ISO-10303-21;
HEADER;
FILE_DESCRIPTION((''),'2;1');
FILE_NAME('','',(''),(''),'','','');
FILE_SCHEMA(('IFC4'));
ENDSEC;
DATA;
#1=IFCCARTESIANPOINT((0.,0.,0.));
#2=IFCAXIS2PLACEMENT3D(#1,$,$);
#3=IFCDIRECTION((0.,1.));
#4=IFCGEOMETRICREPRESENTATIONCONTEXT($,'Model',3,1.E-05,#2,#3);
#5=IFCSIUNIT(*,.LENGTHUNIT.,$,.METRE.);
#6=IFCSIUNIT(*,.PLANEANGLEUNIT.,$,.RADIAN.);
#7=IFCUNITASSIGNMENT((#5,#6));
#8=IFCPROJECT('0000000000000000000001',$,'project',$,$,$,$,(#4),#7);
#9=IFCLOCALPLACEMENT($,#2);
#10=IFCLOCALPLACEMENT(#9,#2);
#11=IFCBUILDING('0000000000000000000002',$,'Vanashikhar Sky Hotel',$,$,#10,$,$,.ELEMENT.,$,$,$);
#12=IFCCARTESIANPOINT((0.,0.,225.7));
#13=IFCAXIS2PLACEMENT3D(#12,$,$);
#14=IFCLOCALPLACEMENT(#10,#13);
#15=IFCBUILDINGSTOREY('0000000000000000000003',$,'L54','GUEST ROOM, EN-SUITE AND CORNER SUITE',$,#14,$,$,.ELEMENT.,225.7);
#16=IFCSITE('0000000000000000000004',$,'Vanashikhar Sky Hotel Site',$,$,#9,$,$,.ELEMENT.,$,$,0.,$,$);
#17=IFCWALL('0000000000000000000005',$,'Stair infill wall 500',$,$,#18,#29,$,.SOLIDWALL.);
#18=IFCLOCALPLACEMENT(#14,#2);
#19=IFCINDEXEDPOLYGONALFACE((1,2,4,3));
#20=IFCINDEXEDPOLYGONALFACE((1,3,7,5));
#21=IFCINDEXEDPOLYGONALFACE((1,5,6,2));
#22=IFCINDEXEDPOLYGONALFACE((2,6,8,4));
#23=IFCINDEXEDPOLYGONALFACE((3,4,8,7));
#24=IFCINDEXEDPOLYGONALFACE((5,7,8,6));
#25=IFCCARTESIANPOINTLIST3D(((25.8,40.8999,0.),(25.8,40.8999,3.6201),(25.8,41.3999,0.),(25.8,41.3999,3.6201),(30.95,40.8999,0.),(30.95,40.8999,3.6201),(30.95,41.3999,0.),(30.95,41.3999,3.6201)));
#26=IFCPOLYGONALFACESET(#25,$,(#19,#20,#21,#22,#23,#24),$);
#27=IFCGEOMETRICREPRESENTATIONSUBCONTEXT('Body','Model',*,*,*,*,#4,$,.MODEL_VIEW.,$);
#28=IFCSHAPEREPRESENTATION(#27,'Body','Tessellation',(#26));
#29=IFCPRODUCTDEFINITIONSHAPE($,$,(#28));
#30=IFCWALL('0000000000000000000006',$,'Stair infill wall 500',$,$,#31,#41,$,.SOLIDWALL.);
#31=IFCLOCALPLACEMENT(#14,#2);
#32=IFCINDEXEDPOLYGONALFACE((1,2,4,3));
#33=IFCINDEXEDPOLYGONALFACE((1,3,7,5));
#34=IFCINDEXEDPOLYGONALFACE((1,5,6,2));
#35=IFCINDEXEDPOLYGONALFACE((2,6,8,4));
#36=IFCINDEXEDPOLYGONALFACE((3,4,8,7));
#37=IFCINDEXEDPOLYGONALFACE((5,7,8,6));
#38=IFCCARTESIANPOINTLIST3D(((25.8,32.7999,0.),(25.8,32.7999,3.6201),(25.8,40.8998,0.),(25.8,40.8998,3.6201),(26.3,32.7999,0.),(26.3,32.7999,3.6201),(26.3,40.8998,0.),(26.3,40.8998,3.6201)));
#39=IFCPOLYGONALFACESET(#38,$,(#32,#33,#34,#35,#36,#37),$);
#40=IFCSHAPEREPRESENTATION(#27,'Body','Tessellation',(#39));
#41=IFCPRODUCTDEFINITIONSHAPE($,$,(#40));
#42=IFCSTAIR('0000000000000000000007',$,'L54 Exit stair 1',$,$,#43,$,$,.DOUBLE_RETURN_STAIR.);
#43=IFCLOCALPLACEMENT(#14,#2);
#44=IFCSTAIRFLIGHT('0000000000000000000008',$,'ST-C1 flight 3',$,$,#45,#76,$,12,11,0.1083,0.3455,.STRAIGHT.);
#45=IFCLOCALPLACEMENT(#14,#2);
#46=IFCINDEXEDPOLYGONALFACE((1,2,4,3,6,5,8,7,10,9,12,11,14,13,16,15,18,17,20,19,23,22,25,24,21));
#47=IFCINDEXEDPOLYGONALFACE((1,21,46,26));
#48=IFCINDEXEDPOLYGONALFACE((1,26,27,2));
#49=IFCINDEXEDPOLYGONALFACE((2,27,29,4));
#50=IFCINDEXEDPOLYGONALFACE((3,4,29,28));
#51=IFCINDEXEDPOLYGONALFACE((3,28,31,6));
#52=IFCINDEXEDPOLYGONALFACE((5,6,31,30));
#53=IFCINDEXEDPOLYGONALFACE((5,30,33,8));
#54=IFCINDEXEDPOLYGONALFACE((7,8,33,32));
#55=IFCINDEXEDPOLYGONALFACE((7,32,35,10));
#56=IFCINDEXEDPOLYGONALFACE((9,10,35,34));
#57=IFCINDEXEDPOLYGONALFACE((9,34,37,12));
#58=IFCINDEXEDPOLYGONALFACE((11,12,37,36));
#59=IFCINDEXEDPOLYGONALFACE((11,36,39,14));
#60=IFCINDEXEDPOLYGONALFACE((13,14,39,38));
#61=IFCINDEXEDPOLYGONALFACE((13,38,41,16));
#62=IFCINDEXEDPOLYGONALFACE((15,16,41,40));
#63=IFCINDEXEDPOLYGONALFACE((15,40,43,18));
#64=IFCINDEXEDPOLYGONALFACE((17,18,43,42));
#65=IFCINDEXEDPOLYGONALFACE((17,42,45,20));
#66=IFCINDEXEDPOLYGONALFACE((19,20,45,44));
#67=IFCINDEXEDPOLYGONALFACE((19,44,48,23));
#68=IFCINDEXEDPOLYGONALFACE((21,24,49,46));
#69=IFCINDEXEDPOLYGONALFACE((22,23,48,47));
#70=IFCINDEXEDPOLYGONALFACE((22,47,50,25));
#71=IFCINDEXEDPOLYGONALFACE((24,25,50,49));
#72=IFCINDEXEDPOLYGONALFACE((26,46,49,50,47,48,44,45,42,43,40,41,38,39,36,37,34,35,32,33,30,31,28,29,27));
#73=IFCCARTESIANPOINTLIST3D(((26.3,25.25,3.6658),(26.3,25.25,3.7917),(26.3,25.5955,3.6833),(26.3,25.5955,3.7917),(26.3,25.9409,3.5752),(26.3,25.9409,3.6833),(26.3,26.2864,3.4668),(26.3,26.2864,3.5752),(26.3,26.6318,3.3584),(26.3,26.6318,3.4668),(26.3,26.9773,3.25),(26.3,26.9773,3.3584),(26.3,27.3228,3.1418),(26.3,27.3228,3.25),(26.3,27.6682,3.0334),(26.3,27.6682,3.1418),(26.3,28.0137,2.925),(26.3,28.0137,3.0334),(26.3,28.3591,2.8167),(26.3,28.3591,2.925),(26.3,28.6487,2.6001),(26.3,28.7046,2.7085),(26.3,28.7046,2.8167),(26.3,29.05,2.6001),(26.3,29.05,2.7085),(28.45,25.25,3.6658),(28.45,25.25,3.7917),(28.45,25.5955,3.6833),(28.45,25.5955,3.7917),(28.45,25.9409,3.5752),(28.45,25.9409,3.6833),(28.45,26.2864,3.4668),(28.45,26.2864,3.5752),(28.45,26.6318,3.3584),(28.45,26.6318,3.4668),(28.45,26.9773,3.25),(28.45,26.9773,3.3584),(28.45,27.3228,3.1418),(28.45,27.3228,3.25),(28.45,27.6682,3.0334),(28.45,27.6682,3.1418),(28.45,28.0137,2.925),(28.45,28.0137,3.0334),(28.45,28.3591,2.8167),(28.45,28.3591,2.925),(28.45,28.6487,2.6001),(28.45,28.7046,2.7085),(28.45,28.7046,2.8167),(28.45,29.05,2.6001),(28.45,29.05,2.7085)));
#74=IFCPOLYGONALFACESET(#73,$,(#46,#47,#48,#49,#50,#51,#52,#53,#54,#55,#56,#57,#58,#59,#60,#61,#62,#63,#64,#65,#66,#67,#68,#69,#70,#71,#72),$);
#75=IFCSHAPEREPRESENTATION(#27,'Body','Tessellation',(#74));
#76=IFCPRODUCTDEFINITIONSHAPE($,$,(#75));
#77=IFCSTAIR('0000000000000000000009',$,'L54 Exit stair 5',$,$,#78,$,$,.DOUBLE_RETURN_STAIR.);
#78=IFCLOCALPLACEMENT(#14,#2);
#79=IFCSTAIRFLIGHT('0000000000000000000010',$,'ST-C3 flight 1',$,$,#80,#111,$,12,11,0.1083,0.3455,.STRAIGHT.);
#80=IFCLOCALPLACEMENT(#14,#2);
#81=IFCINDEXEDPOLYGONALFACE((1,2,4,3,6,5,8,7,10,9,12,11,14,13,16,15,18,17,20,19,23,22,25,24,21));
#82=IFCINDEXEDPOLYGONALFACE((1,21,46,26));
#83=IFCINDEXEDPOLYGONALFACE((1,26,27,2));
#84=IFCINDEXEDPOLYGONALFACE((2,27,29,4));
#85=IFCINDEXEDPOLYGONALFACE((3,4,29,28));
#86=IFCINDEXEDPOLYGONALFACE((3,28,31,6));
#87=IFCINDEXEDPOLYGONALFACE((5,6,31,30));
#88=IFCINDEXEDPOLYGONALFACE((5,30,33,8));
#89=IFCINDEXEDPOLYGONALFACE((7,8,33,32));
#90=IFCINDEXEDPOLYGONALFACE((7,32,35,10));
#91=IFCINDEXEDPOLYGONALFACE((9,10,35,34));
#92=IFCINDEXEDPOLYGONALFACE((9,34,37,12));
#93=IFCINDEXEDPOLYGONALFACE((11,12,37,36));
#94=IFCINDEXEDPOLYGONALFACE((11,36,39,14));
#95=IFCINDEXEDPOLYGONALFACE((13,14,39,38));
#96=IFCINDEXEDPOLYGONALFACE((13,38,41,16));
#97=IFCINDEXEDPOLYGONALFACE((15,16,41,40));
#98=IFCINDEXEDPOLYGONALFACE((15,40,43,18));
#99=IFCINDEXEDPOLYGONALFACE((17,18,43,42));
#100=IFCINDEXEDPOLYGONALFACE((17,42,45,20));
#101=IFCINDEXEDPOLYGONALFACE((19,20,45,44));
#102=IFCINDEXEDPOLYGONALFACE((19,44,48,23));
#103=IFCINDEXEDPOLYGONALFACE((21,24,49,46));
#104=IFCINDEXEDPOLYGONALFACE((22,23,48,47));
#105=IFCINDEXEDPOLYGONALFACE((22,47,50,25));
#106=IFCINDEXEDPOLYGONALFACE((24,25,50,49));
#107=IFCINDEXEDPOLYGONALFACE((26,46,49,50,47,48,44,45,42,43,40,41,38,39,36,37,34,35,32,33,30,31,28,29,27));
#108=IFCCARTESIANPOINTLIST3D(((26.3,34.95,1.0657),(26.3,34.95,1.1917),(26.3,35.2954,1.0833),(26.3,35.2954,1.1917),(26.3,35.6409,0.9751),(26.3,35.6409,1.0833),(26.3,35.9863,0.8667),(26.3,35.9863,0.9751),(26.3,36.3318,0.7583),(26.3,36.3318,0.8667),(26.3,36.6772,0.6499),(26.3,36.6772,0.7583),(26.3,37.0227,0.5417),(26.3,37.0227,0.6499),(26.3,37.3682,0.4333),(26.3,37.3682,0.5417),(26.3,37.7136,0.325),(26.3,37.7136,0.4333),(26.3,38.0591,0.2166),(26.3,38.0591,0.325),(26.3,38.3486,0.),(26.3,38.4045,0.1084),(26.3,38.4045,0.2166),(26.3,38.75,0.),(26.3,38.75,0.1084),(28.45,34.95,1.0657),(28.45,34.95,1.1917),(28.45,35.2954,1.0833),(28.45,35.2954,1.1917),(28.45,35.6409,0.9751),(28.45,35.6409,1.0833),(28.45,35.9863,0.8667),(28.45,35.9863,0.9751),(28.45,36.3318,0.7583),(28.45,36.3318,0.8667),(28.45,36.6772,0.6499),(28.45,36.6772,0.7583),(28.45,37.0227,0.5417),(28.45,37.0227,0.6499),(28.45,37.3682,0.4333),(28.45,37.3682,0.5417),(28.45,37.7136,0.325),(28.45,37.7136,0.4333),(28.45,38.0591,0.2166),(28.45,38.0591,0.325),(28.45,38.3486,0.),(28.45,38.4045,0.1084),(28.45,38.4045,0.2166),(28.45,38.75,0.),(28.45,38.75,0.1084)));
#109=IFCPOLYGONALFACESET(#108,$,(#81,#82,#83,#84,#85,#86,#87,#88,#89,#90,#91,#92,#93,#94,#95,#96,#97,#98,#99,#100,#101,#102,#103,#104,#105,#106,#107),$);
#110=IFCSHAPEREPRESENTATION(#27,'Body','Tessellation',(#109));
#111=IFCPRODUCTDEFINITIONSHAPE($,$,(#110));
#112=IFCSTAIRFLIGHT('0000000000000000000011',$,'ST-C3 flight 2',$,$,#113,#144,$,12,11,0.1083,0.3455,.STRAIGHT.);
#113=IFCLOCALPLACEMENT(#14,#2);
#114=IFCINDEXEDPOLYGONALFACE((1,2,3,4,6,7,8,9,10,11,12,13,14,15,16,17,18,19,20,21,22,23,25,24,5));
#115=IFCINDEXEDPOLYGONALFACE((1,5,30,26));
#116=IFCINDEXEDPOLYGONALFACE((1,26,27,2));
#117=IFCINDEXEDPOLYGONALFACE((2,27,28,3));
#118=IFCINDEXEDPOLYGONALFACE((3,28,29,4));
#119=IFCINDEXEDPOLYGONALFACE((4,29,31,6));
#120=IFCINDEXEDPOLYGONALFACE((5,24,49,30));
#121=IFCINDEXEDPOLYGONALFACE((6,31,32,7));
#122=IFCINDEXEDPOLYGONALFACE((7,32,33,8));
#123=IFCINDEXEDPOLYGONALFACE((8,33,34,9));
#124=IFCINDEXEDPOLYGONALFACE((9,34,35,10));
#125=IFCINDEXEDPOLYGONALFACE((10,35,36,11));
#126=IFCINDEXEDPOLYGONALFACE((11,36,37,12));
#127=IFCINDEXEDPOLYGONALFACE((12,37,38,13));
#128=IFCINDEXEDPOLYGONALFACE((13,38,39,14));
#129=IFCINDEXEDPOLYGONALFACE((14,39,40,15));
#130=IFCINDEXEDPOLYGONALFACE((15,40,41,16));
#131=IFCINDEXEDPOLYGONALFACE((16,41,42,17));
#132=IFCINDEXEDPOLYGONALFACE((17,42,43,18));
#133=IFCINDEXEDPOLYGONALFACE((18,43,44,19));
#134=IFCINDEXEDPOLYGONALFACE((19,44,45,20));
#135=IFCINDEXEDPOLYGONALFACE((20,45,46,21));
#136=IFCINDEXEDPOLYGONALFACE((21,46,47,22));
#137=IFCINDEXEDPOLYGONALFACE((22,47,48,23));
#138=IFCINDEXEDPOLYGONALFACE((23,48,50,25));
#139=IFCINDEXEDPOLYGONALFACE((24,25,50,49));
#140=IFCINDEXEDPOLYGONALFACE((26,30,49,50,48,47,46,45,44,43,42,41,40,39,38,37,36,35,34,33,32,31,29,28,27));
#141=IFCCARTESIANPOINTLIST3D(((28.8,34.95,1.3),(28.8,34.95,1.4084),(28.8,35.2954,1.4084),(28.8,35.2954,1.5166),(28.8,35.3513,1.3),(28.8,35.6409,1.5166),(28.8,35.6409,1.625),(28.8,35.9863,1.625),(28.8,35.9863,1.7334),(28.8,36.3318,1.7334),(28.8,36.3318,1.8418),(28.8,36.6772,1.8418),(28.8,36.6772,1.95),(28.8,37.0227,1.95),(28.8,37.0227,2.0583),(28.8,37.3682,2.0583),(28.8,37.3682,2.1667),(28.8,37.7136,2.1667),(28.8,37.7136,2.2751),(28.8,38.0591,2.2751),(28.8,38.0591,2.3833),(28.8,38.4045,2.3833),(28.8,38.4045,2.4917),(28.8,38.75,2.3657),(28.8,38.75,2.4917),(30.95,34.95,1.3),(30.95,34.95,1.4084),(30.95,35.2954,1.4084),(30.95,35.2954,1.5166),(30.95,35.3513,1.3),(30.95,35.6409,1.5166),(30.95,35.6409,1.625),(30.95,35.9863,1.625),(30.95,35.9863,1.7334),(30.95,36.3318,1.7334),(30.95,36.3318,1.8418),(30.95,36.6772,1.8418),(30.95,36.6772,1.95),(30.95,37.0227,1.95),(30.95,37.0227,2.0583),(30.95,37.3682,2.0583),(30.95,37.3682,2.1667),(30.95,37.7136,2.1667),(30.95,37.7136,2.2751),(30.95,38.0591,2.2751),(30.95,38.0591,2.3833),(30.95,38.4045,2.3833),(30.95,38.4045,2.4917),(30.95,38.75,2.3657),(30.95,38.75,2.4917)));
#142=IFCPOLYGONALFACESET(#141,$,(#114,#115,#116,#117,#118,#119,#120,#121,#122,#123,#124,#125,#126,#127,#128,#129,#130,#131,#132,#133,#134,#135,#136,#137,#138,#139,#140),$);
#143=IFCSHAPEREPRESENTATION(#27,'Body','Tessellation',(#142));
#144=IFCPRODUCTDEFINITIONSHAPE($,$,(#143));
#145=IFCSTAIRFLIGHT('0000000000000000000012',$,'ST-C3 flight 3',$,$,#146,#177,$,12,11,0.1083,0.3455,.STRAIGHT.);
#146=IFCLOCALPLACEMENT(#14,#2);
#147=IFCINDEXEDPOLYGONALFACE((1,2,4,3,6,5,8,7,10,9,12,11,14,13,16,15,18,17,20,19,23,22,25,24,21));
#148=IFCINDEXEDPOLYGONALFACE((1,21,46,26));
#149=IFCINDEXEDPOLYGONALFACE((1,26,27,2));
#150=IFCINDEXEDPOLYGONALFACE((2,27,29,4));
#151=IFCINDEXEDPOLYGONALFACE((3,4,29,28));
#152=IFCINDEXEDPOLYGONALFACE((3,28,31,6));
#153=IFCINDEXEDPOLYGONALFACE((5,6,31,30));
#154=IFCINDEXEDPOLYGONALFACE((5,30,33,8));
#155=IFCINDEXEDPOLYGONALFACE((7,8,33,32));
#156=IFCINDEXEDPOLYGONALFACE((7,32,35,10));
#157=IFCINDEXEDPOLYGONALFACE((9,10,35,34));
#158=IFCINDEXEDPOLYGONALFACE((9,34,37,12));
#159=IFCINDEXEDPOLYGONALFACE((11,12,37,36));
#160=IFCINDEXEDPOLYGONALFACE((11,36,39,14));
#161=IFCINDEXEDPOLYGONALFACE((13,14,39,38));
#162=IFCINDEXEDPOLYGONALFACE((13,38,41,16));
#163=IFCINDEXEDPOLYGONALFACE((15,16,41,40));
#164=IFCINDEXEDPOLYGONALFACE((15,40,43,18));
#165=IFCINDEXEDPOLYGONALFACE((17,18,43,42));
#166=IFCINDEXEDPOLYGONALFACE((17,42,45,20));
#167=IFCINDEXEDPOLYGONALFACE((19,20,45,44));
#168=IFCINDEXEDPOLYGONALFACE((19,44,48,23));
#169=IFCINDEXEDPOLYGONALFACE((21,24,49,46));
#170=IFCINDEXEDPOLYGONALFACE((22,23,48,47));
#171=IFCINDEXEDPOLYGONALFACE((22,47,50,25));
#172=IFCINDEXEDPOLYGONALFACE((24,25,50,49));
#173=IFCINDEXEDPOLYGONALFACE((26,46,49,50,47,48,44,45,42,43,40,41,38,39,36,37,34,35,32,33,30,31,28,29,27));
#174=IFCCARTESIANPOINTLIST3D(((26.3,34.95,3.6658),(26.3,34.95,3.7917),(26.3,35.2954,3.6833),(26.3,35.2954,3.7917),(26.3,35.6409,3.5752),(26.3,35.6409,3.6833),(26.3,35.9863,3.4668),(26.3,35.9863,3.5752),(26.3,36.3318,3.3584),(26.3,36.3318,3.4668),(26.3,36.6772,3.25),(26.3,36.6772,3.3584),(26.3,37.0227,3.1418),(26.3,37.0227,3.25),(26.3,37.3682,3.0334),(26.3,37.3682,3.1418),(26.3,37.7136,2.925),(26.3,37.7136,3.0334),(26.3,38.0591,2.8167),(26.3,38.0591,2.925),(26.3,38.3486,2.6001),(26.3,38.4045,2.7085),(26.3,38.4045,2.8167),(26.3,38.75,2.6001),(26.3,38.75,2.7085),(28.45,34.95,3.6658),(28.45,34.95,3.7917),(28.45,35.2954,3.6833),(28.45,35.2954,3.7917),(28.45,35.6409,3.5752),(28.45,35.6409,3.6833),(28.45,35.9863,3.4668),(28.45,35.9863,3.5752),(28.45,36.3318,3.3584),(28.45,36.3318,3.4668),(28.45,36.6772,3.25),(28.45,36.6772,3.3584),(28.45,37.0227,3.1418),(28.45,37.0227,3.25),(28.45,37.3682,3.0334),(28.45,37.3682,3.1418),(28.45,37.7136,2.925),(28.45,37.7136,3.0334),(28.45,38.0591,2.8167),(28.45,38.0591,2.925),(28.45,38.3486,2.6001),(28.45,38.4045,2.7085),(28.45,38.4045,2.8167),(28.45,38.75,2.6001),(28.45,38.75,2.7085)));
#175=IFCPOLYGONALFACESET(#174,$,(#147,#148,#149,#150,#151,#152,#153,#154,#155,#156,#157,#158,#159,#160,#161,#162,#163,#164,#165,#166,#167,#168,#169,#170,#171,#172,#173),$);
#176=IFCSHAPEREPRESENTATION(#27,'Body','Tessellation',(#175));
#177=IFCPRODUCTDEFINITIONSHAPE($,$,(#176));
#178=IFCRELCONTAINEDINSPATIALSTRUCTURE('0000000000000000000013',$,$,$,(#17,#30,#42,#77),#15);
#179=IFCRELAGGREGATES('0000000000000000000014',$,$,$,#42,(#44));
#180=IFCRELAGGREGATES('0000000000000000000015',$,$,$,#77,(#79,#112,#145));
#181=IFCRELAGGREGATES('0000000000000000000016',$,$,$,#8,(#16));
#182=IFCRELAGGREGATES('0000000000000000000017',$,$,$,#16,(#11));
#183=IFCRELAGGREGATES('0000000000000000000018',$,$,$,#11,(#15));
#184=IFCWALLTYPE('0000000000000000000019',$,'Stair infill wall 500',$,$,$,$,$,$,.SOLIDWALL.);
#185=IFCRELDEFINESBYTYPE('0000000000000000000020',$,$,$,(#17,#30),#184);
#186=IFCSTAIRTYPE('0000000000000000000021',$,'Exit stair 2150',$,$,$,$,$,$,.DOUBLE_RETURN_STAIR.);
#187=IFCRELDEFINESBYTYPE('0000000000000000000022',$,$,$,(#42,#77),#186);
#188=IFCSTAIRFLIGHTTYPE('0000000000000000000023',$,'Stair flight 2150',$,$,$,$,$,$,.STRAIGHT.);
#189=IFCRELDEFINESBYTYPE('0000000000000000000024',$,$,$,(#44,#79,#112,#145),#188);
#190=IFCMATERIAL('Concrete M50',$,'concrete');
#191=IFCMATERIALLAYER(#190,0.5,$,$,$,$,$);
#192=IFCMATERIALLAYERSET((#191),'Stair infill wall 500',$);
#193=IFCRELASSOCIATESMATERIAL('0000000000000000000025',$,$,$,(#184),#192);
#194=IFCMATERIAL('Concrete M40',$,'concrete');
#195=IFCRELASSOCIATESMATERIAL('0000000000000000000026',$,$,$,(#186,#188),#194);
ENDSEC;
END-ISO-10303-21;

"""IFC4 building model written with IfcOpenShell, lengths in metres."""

from ifc_helpers import new_model, si_unit, direction, frame, frame_2d, origin, place, context, subcontext, project, spatial, polyline, rectangle, outline, extrude, source, transform, mapped, material, layer, layer_set, type_object, element, aggregate, save


model = new_model("IFC4")

# Units and contexts
model_context = context("Model", 3, precision=1e-05, world=origin(), true_north=direction((0.0, 1.0)))
body_context = subcontext(model_context, "Body", "Model", "MODEL_VIEW")
ifc_project = project(units=[si_unit("LENGTHUNIT", "METRE"), si_unit("PLANEANGLEUNIT", "RADIAN")], contexts=[model_context])

# Site, building, storey
site_placement = place(None, origin())
site = spatial("IfcSite", under=ifc_project, at=site_placement, Name="Vanashikhar Sky Hotel Site", CompositionType="ELEMENT", RefElevation=0.0)
building_placement = place(site_placement, origin())
building = spatial("IfcBuilding", under=site, at=building_placement, Name="Vanashikhar Sky Hotel", CompositionType="ELEMENT")
storey_placement = place(building_placement, frame((0.0, 0.0, 225.7)))
storey = spatial("IfcBuildingStorey", under=building, at=storey_placement, Name="L54", Description="GUEST ROOM, EN-SUITE AND CORNER SUITE", CompositionType="ELEMENT", Elevation=225.7)

# Shared definitions
ifc_material_1 = material(Name="Concrete M40", Category="concrete")

# Shared definitions
ifc_material_2 = material(Name="Concrete M50", Category="concrete")

# Walls
ifc_layer_1 = layer(ifc_material_2, 0.5)
ifc_layer_set_1 = layer_set([ifc_layer_1], Name="Stair infill wall 500")
wall_type_1 = type_object("IfcWallType", Name="Stair infill wall 500", PredefinedType="SOLIDWALL", material=ifc_layer_set_1)
shared_shape_1 = source(origin(), body_context, "Body", "SweptSolid", [
    extrude(rectangle(XDim=5.1499, YDim=0.5, at=frame_2d((2.575, 0.0))), origin(), (0.0, 0.0, 1.0), 3.6201),
])
wall_1_placement = place(storey_placement, frame((25.8, 41.1499, 0.0), z_axis=(0.0, 0.0, 1.0), x_axis=(1.0, 0.0, 0.0)))
element("IfcWall", 1, at=wall_1_placement, inside=storey, type_object=wall_type_1, Name="Stair infill wall 500", PredefinedType="SOLIDWALL", context=body_context, shape_type="MappedRepresentation", body=[
    mapped(shared_shape_1, transform((0.0, 0.0, 0.0), scale=1.0)),
])
shared_shape_2 = source(origin(), body_context, "Body", "SweptSolid", [
    extrude(rectangle(XDim=8.0999, YDim=0.5, at=frame_2d((4.0498, 0.0))), origin(), (0.0, 0.0, 1.0), 3.6201),
])
wall_2_placement = place(storey_placement, frame((26.05, 32.8, 0.0), z_axis=(0.0, 0.0, 1.0), x_axis=(0.0, 1.0, 0.0)))
element("IfcWall", 2, at=wall_2_placement, inside=storey, type_object=wall_type_1, Name="Stair infill wall 500", PredefinedType="SOLIDWALL", context=body_context, shape_type="MappedRepresentation", body=[
    mapped(shared_shape_2, transform((0.0, 0.0, 0.0), scale=1.0)),
])

# Stair, stair flight
stair_type = type_object("IfcStairType", Name="Exit stair 2150", PredefinedType="DOUBLE_RETURN_STAIR", material=ifc_material_1)
stair_1_placement = place(storey_placement, origin())
stair_1 = element("IfcStair", 3, at=stair_1_placement, inside=storey, type_object=stair_type, Name="L54 Exit stair 1", PredefinedType="DOUBLE_RETURN_STAIR")
stair_flight_type = type_object("IfcStairFlightType", Name="Stair flight 2150", PredefinedType="STRAIGHT", material=ifc_material_1)
shared_shape_3 = source(origin(), body_context, "Body", "SweptSolid", [
    extrude(outline(polyline([(0.0, 0.0), (0.0, 0.1084), (0.3455, 0.1084), (0.3455, 0.2166), (0.6909, 0.2166), (0.6909, 0.325), (1.0364, 0.325), (1.0364, 0.4333), (1.3818, 0.4333), (1.3818, 0.5417), (1.7273, 0.5417), (1.7273, 0.6499), (2.0728, 0.6499), (2.0728, 0.7583), (2.4182, 0.7583), (2.4182, 0.8667), (2.7637, 0.8667), (2.7637, 0.9751), (3.1091, 0.9751), (3.1091, 1.0833), (3.4546, 1.0833), (3.4546, 1.1917), (3.8, 1.1917), (3.8, 1.3), (3.8, 1.0657), (0.4014, 0.0), (0.0, 0.0)])), frame((0.0, 1.075, 0.0), z_axis=(0.0, -1.0, 0.0), x_axis=(1.0, 0.0, 0.0)), (0.0, 0.0, 1.0), 2.1499),
])
stair_flight_1_placement = place(storey_placement, frame((27.375, 29.05, 2.6001), z_axis=(0.0, 0.0, 1.0), x_axis=(0.0, -1.0, 0.0)))
stair_flight_1 = element("IfcStairFlight", 4, at=stair_flight_1_placement, type_object=stair_flight_type, Name="ST-C1 flight 3", NumberOfRisers=12, NumberOfTreads=11, PredefinedType="STRAIGHT", RiserHeight=0.1083, TreadLength=0.3455, context=body_context, shape_type="MappedRepresentation", body=[
    mapped(shared_shape_3, transform((0.0, 0.0, 0.0), scale=1.0)),
])
aggregate(stair_1, [stair_flight_1])

# Stair, stair flights
stair_2_placement = place(storey_placement, origin())
stair_2 = element("IfcStair", 5, at=stair_2_placement, inside=storey, type_object=stair_type, Name="L54 Exit stair 5", PredefinedType="DOUBLE_RETURN_STAIR")
stair_flight_2_placement = place(storey_placement, frame((27.375, 38.75, 0.0), z_axis=(0.0, 0.0, 1.0), x_axis=(0.0, -1.0, 0.0)))
stair_flight_2 = element("IfcStairFlight", 6, at=stair_flight_2_placement, type_object=stair_flight_type, Name="ST-C3 flight 1", NumberOfRisers=12, NumberOfTreads=11, PredefinedType="STRAIGHT", RiserHeight=0.1083, TreadLength=0.3455, context=body_context, shape_type="MappedRepresentation", body=[
    mapped(shared_shape_3, transform((0.0, 0.0, 0.0), scale=1.0)),
])
stair_flight_3_placement = place(storey_placement, frame((29.875, 34.95, 1.3), z_axis=(0.0, 0.0, 1.0), x_axis=(0.0, 1.0, 0.0)))
stair_flight_3 = element("IfcStairFlight", 7, at=stair_flight_3_placement, type_object=stair_flight_type, Name="ST-C3 flight 2", NumberOfRisers=12, NumberOfTreads=11, PredefinedType="STRAIGHT", RiserHeight=0.1083, TreadLength=0.3455, context=body_context, shape_type="MappedRepresentation", body=[
    mapped(shared_shape_3, transform((0.0, 0.0, 0.0), scale=1.0)),
])
stair_flight_4_placement = place(storey_placement, frame((27.375, 38.75, 2.6001), z_axis=(0.0, 0.0, 1.0), x_axis=(0.0, -1.0, 0.0)))
stair_flight_4 = element("IfcStairFlight", 8, at=stair_flight_4_placement, type_object=stair_flight_type, Name="ST-C3 flight 3", NumberOfRisers=12, NumberOfTreads=11, PredefinedType="STRAIGHT", RiserHeight=0.1083, TreadLength=0.3455, context=body_context, shape_type="MappedRepresentation", body=[
    mapped(shared_shape_3, transform((0.0, 0.0, 0.0), scale=1.0)),
])
aggregate(stair_2, [stair_flight_2, stair_flight_3, stair_flight_4])

save(model, "model.ifc")
